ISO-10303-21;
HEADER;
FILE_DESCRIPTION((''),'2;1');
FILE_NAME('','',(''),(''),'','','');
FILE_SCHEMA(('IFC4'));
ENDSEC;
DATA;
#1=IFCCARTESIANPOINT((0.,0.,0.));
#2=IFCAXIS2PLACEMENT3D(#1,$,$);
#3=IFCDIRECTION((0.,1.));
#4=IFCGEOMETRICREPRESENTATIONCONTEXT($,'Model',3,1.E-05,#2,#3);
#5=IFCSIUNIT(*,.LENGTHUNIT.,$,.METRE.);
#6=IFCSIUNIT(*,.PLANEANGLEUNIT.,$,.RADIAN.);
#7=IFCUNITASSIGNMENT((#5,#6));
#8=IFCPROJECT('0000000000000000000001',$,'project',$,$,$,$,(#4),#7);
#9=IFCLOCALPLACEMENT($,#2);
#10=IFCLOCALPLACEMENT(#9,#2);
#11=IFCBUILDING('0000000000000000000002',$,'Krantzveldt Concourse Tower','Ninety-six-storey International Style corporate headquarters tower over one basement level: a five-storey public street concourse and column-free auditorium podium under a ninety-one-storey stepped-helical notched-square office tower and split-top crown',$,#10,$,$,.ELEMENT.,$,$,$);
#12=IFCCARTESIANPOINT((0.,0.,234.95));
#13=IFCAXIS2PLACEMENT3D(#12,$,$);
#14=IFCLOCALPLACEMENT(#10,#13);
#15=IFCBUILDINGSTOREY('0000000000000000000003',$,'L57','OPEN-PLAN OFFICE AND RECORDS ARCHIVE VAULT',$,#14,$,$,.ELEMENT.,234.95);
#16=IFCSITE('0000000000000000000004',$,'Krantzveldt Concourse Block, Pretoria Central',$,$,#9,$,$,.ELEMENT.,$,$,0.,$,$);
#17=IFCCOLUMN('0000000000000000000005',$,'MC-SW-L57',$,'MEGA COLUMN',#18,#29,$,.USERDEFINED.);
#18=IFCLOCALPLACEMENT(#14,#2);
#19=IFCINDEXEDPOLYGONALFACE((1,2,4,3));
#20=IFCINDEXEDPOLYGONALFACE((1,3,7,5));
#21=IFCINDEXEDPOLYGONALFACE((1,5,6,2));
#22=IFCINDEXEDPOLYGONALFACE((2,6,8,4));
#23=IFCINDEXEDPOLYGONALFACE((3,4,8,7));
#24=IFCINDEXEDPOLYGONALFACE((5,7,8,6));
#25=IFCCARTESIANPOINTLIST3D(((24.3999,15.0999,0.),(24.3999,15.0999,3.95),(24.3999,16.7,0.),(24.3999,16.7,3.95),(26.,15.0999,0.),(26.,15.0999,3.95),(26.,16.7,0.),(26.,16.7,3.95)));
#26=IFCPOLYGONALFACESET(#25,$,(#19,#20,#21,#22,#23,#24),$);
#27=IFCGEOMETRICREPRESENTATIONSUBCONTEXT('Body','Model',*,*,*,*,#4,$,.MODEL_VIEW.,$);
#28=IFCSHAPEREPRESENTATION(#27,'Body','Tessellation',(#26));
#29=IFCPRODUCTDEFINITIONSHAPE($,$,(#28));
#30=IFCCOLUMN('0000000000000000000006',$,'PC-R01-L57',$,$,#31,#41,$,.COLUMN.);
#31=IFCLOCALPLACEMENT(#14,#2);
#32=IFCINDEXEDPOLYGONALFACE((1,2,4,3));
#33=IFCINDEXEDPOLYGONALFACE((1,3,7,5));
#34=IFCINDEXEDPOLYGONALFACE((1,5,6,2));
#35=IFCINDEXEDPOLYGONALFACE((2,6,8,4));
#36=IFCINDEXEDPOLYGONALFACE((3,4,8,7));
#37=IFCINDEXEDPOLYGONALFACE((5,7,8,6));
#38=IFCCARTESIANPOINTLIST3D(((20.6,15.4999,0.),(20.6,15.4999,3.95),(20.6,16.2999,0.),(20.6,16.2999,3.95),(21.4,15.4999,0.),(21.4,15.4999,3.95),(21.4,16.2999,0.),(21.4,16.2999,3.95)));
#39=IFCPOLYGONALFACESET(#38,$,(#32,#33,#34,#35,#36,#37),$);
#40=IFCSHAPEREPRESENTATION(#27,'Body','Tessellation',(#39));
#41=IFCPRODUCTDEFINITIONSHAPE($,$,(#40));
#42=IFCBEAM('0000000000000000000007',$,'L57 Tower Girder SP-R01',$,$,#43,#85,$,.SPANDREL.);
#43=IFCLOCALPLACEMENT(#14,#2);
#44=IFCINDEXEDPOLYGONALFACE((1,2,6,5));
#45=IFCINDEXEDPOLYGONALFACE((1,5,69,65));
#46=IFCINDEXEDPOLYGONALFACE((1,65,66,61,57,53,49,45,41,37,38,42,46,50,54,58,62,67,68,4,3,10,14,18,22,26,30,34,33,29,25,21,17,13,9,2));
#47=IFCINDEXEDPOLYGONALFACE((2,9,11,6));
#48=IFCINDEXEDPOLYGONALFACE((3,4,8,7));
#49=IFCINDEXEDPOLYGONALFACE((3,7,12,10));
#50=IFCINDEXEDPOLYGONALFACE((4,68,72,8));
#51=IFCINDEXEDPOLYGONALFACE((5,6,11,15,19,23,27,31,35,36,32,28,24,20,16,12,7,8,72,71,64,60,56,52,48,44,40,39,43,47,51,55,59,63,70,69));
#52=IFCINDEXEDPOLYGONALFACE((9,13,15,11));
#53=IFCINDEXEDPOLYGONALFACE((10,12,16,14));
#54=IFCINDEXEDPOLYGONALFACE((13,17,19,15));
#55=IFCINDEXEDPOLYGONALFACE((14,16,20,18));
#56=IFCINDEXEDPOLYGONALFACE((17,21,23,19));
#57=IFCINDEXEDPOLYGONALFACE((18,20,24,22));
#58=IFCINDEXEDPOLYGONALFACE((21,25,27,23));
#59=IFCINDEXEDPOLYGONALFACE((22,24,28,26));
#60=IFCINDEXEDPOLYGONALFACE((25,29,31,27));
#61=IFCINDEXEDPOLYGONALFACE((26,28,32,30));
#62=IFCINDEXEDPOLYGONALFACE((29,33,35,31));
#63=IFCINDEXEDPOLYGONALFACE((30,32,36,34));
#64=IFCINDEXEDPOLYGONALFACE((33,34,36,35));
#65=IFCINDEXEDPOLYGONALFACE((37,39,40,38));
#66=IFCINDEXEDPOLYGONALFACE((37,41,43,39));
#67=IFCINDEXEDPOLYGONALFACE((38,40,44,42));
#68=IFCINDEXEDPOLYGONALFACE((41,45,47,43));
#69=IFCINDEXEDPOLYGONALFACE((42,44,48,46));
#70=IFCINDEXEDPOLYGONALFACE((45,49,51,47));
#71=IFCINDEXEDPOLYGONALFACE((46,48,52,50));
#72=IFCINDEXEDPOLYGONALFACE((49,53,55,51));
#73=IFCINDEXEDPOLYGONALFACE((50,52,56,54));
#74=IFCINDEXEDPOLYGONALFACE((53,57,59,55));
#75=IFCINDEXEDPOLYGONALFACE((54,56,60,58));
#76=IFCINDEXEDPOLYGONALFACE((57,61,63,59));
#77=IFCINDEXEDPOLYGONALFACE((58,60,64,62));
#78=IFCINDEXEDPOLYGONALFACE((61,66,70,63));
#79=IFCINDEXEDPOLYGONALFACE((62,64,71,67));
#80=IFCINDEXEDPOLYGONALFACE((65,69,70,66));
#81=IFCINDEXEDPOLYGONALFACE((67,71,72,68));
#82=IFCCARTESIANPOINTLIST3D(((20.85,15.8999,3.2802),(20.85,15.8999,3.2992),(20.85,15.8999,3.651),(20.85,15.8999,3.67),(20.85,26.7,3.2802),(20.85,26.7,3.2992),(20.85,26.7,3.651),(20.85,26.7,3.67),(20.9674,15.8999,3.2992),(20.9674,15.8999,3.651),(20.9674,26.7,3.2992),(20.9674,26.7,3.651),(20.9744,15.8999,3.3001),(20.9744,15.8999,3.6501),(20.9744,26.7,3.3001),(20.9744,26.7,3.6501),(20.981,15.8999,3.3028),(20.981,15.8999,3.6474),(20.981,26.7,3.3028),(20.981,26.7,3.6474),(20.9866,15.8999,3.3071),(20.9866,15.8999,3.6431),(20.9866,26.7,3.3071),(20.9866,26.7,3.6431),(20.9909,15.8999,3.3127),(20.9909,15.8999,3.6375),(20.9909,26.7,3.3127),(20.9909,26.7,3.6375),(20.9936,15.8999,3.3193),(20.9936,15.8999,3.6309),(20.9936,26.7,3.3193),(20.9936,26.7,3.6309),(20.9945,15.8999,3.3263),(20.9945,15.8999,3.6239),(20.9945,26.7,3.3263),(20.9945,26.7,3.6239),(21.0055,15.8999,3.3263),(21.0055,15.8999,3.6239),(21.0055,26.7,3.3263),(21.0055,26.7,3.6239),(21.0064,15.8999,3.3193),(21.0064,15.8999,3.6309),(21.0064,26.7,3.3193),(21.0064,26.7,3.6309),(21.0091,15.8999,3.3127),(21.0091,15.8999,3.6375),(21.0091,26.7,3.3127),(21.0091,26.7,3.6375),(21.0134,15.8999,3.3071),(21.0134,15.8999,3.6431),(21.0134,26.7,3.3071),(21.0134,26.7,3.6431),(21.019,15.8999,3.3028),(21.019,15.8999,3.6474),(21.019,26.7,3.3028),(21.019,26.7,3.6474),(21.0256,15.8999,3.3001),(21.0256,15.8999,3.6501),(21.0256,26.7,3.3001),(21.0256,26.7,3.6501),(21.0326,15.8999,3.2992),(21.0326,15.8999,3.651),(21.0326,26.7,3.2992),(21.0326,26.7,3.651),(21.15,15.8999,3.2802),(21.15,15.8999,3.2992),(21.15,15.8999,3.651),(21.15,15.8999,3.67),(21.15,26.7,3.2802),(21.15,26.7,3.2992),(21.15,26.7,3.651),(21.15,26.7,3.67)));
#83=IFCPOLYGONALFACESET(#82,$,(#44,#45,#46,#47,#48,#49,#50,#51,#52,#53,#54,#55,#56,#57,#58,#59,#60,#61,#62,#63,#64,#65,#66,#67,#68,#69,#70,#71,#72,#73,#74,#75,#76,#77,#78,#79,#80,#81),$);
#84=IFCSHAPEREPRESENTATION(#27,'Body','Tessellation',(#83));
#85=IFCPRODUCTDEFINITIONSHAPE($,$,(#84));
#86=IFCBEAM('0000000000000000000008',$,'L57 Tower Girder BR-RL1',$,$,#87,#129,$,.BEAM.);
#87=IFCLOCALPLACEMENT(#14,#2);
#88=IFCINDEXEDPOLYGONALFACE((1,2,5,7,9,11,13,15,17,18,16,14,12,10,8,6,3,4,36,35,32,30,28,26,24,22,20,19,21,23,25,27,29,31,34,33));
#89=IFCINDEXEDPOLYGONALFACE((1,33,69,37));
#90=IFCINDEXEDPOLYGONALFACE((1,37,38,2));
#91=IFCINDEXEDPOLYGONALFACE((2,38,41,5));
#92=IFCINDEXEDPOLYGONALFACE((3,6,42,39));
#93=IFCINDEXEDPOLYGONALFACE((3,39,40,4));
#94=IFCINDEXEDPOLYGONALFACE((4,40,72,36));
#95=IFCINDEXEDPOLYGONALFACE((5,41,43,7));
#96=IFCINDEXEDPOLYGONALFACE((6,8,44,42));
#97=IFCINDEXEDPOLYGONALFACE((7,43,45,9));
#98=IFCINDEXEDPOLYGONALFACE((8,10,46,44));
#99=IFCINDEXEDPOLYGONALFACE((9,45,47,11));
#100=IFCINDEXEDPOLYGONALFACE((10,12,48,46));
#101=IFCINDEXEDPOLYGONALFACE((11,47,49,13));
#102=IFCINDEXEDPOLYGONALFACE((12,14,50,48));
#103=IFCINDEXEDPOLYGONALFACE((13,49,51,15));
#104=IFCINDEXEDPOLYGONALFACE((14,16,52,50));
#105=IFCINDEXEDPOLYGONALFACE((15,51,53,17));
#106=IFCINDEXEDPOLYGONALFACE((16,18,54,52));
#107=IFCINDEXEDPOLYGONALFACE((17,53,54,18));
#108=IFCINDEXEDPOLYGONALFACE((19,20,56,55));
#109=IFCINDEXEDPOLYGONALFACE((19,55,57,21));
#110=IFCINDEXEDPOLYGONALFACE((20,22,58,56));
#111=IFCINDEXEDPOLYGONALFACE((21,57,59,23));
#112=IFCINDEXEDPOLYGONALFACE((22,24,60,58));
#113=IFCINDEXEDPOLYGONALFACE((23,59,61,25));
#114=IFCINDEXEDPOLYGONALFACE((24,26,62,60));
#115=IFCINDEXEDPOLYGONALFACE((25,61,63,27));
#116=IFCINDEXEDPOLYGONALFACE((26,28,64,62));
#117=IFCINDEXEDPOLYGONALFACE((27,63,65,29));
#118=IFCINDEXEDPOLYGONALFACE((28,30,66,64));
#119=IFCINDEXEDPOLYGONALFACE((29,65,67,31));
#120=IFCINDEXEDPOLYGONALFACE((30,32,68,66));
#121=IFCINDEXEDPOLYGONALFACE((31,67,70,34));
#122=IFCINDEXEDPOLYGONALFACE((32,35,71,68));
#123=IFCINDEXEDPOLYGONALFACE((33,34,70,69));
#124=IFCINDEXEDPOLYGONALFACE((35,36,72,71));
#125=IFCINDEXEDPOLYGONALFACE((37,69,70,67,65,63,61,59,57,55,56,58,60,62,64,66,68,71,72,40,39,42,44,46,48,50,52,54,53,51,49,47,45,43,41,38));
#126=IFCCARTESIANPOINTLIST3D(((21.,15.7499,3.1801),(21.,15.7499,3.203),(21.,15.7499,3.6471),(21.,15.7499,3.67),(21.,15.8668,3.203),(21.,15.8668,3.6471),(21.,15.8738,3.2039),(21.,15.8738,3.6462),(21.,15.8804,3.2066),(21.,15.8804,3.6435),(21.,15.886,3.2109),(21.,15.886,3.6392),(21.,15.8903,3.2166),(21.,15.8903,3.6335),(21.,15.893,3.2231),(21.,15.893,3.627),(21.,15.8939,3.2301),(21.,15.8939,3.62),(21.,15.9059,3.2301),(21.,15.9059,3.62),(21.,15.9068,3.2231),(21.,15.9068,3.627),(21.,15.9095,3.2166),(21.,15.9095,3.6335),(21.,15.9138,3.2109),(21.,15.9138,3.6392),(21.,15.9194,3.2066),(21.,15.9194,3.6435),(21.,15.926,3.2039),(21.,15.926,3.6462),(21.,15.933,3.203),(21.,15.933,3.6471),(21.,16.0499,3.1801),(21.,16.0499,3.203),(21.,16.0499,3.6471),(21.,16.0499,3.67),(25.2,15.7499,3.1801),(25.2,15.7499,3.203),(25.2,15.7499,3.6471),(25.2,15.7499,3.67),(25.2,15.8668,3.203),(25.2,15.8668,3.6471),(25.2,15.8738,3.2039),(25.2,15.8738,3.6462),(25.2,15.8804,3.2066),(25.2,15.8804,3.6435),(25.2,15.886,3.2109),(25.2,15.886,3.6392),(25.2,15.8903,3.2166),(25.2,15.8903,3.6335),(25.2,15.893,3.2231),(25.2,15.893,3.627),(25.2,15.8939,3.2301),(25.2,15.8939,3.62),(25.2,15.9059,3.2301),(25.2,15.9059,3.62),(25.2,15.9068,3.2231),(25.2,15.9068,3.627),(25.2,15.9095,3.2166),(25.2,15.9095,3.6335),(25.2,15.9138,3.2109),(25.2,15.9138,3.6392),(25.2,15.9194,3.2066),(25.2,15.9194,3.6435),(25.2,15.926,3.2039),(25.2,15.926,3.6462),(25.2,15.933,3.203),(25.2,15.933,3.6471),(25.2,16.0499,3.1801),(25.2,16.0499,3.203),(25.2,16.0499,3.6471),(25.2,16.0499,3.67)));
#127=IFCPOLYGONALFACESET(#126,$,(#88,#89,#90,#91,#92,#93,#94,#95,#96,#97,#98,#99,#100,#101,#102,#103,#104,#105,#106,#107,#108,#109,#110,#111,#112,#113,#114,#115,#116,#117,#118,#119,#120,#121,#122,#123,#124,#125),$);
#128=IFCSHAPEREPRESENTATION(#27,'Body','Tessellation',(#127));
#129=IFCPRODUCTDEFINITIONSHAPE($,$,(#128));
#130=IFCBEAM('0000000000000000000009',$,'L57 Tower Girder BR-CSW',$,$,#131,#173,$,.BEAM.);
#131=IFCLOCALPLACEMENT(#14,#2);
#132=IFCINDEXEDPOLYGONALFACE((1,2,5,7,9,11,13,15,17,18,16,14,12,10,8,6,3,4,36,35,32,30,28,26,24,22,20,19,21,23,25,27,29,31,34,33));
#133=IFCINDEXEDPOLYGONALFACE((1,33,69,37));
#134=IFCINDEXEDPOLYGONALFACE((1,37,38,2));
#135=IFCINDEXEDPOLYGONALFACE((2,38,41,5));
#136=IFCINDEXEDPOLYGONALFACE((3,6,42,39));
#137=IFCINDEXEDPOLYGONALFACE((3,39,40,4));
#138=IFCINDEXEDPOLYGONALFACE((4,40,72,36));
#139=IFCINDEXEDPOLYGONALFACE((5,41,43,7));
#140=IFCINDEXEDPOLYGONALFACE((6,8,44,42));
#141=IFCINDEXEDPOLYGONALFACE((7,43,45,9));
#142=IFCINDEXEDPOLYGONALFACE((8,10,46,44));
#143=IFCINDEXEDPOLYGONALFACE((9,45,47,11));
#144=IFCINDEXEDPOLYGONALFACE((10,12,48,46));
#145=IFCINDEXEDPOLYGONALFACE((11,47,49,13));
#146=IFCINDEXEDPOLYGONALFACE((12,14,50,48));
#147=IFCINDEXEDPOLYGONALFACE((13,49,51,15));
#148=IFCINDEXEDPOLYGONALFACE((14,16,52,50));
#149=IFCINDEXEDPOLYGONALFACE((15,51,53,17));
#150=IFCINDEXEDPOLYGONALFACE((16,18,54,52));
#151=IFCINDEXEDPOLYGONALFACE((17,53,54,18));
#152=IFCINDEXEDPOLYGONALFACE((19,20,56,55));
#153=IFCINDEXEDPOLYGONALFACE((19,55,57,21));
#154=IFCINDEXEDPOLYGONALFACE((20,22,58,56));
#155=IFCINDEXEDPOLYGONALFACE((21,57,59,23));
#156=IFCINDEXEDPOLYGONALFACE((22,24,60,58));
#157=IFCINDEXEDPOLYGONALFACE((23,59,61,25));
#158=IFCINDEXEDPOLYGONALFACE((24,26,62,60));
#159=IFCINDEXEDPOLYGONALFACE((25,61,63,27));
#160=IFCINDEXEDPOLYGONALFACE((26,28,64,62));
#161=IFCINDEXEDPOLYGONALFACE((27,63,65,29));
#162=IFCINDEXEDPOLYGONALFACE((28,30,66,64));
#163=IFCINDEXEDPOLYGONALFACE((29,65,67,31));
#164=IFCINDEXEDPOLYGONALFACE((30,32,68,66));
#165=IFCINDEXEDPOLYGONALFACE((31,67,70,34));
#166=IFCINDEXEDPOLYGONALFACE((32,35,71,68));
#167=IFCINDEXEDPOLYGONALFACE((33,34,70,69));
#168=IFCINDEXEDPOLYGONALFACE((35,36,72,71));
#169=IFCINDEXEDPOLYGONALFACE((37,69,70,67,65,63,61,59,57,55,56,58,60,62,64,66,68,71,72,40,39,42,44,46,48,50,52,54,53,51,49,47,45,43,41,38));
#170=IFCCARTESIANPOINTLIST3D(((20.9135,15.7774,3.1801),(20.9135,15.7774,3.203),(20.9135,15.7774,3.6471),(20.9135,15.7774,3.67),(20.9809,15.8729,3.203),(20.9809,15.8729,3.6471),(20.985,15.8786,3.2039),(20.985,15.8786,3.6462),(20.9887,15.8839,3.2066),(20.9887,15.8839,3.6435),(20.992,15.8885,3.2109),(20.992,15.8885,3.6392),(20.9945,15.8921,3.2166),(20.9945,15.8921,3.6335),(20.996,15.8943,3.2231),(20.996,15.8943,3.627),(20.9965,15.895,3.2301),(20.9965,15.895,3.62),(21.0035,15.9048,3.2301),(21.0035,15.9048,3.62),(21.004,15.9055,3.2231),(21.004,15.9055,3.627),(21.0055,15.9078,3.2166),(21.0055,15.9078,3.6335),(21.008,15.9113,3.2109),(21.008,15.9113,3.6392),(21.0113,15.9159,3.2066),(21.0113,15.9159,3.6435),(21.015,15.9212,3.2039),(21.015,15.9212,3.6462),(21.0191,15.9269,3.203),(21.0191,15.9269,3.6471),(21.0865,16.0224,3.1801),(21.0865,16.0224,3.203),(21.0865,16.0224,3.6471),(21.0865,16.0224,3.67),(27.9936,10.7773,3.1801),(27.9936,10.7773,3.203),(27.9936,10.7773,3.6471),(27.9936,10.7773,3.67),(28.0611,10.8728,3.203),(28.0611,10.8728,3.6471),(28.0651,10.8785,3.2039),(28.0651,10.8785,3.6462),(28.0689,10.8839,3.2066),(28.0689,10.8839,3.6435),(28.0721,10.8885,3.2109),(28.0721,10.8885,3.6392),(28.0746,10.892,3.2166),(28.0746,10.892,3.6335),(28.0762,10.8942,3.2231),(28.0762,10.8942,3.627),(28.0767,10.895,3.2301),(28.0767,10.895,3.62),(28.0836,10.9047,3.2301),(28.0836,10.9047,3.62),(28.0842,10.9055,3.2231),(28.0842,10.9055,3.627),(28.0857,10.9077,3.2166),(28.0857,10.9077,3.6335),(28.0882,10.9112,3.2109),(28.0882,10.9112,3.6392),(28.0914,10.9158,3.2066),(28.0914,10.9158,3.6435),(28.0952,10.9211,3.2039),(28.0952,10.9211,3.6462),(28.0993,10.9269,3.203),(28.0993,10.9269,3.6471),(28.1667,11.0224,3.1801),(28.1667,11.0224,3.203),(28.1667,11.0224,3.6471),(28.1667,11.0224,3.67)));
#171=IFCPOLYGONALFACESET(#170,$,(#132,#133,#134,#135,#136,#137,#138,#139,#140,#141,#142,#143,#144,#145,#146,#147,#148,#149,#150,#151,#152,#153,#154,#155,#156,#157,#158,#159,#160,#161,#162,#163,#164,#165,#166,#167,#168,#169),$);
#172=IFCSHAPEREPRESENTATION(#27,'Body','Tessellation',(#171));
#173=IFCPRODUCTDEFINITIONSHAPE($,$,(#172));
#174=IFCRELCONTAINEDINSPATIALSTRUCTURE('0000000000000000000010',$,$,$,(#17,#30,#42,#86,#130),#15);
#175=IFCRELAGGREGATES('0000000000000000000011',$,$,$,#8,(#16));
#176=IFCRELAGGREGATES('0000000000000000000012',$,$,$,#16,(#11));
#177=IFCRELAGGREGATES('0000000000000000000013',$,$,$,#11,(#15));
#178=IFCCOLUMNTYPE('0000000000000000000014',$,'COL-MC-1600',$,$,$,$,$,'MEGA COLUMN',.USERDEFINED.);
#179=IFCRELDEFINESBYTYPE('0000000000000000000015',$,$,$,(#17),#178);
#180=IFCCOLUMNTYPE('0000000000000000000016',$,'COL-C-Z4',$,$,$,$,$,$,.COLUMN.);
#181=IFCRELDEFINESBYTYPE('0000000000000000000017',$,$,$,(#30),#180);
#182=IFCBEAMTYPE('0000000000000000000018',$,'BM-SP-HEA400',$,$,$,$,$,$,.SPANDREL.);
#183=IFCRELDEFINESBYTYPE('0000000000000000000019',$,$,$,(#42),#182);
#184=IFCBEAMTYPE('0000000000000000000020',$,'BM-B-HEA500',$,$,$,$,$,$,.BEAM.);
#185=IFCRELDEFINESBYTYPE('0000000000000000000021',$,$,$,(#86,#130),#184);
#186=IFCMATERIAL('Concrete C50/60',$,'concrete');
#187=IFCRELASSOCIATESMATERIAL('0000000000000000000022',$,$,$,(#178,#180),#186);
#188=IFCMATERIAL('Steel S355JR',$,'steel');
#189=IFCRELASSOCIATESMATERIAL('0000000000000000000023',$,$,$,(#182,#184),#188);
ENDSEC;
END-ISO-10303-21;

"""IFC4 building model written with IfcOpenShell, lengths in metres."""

from ifc_helpers import new_model, si_unit, direction, frame, origin, origin_2d, place, context, subcontext, project, spatial, rectangle, i_section, extrude, source, transform, mapped, material, material_profile, profile_set, type_object, type_shapes, element, save


model = new_model("IFC4")

# Units and contexts
model_context = context("Model", 3, precision=1e-05, world=origin(), true_north=direction((0.0, 1.0)))
body_context = subcontext(model_context, "Body", "Model", "MODEL_VIEW")
ifc_project = project(units=[si_unit("LENGTHUNIT", "METRE"), si_unit("PLANEANGLEUNIT", "RADIAN")], contexts=[model_context])

# Site, building, storey
site_placement = place(None, origin())
site = spatial("IfcSite", under=ifc_project, at=site_placement, Name="Krantzveldt Concourse Block, Pretoria Central", CompositionType="ELEMENT", RefElevation=0.0)
building_placement = place(site_placement, origin())
building = spatial("IfcBuilding", under=site, at=building_placement, Name="Krantzveldt Concourse Tower", Description="Ninety-six-storey International Style corporate headquarters tower over one basement level: a five-storey public street concourse and column-free auditorium podium under a ninety-one-storey stepped-helical notched-square office tower and split-top crown", CompositionType="ELEMENT")
storey_placement = place(building_placement, frame((0.0, 0.0, 234.95)))
storey = spatial("IfcBuildingStorey", under=building, at=storey_placement, Name="L57", Description="OPEN-PLAN OFFICE AND RECORDS ARCHIVE VAULT", CompositionType="ELEMENT", Elevation=234.95)

# Columns
ifc_material_1 = material(Name="Concrete C50/60", Category="concrete")
ifc_material_profile_1 = material_profile(ifc_material_1, rectangle(XDim=1.6001, YDim=1.6001, at=origin_2d()), Name="Concrete C50/60", Category="concrete")
ifc_profile_set_1 = profile_set([ifc_material_profile_1], Name="Concrete C50/60 - RC 1600x1600")
column_type_1 = type_object("IfcColumnType", Name="COL-MC-1600", ElementType="MEGA COLUMN", PredefinedType="USERDEFINED", material=ifc_profile_set_1)
shared_shape_1 = source(origin(), body_context, "Body", "SweptSolid", [
    extrude(rectangle(XDim=1.6001, YDim=1.6001, at=origin_2d()), origin(), (0.0, 0.0, 1.0), 3.95),
])
type_shapes(column_type_1, [shared_shape_1])
column_1_placement = place(storey_placement, frame((25.2, 15.8999, 0.0), z_axis=(0.0, 0.0, 1.0), x_axis=(1.0, 0.0, 0.0)))
element("IfcColumn", 1, at=column_1_placement, inside=storey, type_object=column_type_1, Name="MC-SW-L57", ObjectType="MEGA COLUMN", PredefinedType="USERDEFINED", context=body_context, shape_type="MappedRepresentation", body=[
    mapped(shared_shape_1, transform((0.0, 0.0, 0.0), x_axis=(1.0, 0.0, 0.0), y_axis=(0.0, 1.0, 0.0), z_axis=(0.0, 0.0, 1.0), scale=1.0)),
])
ifc_material_profile_2 = material_profile(ifc_material_1, rectangle(XDim=0.8, YDim=0.8, at=origin_2d()), Name="Concrete C50/60", Category="concrete")
ifc_profile_set_2 = profile_set([ifc_material_profile_2], Name="Concrete C50/60 - RC 800x800")
column_type_2 = type_object("IfcColumnType", Name="COL-C-Z4", PredefinedType="COLUMN", material=ifc_profile_set_2)
shared_shape_2 = source(origin(), body_context, "Body", "SweptSolid", [
    extrude(rectangle(XDim=0.8, YDim=0.8, at=origin_2d()), origin(), (0.0, 0.0, 1.0), 3.95),
])
type_shapes(column_type_2, [shared_shape_2])
column_2_placement = place(storey_placement, frame((21.0, 15.8999, 0.0), z_axis=(0.0, 0.0, 1.0), x_axis=(1.0, 0.0, 0.0)))
element("IfcColumn", 2, at=column_2_placement, inside=storey, type_object=column_type_2, Name="PC-R01-L57", PredefinedType="COLUMN", context=body_context, shape_type="MappedRepresentation", body=[
    mapped(shared_shape_2, transform((0.0, 0.0, 0.0), x_axis=(1.0, 0.0, 0.0), y_axis=(0.0, 1.0, 0.0), z_axis=(0.0, 0.0, 1.0), scale=1.0)),
])

# Beams
ifc_material_2 = material(Name="Steel S355JR", Category="steel")
ifc_material_profile_3 = material_profile(ifc_material_2, i_section(OverallWidth=0.3, OverallDepth=0.3899, WebThickness=0.011, FlangeThickness=0.019, FilletRadius=0.0271, at=origin_2d()), Name="Steel S355JR", Category="steel")
ifc_profile_set_3 = profile_set([ifc_material_profile_3], Name="Steel S355JR - HEA 400")
beam_type_1 = type_object("IfcBeamType", Name="BM-SP-HEA400", PredefinedType="SPANDREL", material=ifc_profile_set_3)
shared_shape_3 = source(origin(), body_context, "Body", "SweptSolid", [
    extrude(i_section(OverallWidth=0.3, OverallDepth=0.3899, WebThickness=0.011, FlangeThickness=0.019, FilletRadius=0.0271, at=origin_2d()), origin(), (0.0, 0.0, 1.0), 10.8),
])
type_shapes(beam_type_1, [shared_shape_3])
beam_1_placement = place(storey_placement, frame((21.0, 15.8999, 3.4751), z_axis=(0.0, 1.0, 0.0), x_axis=(-1.0, 0.0, 0.0)))
element("IfcBeam", 3, at=beam_1_placement, inside=storey, type_object=beam_type_1, Name="L57 Tower Girder SP-R01", PredefinedType="SPANDREL", context=body_context, shape_type="MappedRepresentation", body=[
    mapped(shared_shape_3, transform((0.0, 0.0, 0.0), x_axis=(1.0, 0.0, 0.0), y_axis=(0.0, 1.0, 0.0), z_axis=(0.0, 0.0, 1.0), scale=1.0)),
])
ifc_material_profile_4 = material_profile(ifc_material_2, i_section(OverallWidth=0.3, OverallDepth=0.49, WebThickness=0.012, FlangeThickness=0.0229, FilletRadius=0.0271, at=origin_2d()), Name="Steel S355JR", Category="steel")
ifc_profile_set_4 = profile_set([ifc_material_profile_4], Name="Steel S355JR - HEA 500")
beam_type_2 = type_object("IfcBeamType", Name="BM-B-HEA500", PredefinedType="BEAM", material=ifc_profile_set_4)
shared_shape_4 = source(origin(), body_context, "Body", "SweptSolid", [
    extrude(i_section(OverallWidth=0.3, OverallDepth=0.49, WebThickness=0.012, FlangeThickness=0.0229, FilletRadius=0.0271, at=origin_2d()), origin(), (0.0, 0.0, 1.0), 4.2),
])
beam_2_placement = place(storey_placement, frame((21.0, 15.8999, 3.425), z_axis=(1.0, 0.0, 0.0), x_axis=(0.0, 1.0, 0.0)))
element("IfcBeam", 4, at=beam_2_placement, inside=storey, type_object=beam_type_2, Name="L57 Tower Girder BR-RL1", PredefinedType="BEAM", context=body_context, shape_type="MappedRepresentation", body=[
    mapped(shared_shape_4, transform((0.0, 0.0, 0.0), x_axis=(1.0, 0.0, 0.0), y_axis=(0.0, 1.0, 0.0), z_axis=(0.0, 0.0, 1.0), scale=1.0)),
])
shared_shape_5 = source(origin(), body_context, "Body", "SweptSolid", [
    extrude(i_section(OverallWidth=0.3, OverallDepth=0.49, WebThickness=0.012, FlangeThickness=0.0229, FilletRadius=0.0271, at=origin_2d()), origin(), (0.0, 0.0, 1.0), 8.6677),
])
type_shapes(beam_type_2, [shared_shape_4, shared_shape_5])
beam_3_placement = place(storey_placement, frame((21.0, 15.8999, 3.425), z_axis=(0.816843, -0.57686, 0.0), x_axis=(0.57686, 0.816843, 0.0)))
element("IfcBeam", 5, at=beam_3_placement, inside=storey, type_object=beam_type_2, Name="L57 Tower Girder BR-CSW", PredefinedType="BEAM", context=body_context, shape_type="MappedRepresentation", body=[
    mapped(shared_shape_5, transform((0.0, 0.0, 0.0), x_axis=(1.0, 0.0, 0.0), y_axis=(0.0, 1.0, 0.0), z_axis=(0.0, 0.0, 1.0), scale=1.0)),
])

save(model, "model.ifc")
